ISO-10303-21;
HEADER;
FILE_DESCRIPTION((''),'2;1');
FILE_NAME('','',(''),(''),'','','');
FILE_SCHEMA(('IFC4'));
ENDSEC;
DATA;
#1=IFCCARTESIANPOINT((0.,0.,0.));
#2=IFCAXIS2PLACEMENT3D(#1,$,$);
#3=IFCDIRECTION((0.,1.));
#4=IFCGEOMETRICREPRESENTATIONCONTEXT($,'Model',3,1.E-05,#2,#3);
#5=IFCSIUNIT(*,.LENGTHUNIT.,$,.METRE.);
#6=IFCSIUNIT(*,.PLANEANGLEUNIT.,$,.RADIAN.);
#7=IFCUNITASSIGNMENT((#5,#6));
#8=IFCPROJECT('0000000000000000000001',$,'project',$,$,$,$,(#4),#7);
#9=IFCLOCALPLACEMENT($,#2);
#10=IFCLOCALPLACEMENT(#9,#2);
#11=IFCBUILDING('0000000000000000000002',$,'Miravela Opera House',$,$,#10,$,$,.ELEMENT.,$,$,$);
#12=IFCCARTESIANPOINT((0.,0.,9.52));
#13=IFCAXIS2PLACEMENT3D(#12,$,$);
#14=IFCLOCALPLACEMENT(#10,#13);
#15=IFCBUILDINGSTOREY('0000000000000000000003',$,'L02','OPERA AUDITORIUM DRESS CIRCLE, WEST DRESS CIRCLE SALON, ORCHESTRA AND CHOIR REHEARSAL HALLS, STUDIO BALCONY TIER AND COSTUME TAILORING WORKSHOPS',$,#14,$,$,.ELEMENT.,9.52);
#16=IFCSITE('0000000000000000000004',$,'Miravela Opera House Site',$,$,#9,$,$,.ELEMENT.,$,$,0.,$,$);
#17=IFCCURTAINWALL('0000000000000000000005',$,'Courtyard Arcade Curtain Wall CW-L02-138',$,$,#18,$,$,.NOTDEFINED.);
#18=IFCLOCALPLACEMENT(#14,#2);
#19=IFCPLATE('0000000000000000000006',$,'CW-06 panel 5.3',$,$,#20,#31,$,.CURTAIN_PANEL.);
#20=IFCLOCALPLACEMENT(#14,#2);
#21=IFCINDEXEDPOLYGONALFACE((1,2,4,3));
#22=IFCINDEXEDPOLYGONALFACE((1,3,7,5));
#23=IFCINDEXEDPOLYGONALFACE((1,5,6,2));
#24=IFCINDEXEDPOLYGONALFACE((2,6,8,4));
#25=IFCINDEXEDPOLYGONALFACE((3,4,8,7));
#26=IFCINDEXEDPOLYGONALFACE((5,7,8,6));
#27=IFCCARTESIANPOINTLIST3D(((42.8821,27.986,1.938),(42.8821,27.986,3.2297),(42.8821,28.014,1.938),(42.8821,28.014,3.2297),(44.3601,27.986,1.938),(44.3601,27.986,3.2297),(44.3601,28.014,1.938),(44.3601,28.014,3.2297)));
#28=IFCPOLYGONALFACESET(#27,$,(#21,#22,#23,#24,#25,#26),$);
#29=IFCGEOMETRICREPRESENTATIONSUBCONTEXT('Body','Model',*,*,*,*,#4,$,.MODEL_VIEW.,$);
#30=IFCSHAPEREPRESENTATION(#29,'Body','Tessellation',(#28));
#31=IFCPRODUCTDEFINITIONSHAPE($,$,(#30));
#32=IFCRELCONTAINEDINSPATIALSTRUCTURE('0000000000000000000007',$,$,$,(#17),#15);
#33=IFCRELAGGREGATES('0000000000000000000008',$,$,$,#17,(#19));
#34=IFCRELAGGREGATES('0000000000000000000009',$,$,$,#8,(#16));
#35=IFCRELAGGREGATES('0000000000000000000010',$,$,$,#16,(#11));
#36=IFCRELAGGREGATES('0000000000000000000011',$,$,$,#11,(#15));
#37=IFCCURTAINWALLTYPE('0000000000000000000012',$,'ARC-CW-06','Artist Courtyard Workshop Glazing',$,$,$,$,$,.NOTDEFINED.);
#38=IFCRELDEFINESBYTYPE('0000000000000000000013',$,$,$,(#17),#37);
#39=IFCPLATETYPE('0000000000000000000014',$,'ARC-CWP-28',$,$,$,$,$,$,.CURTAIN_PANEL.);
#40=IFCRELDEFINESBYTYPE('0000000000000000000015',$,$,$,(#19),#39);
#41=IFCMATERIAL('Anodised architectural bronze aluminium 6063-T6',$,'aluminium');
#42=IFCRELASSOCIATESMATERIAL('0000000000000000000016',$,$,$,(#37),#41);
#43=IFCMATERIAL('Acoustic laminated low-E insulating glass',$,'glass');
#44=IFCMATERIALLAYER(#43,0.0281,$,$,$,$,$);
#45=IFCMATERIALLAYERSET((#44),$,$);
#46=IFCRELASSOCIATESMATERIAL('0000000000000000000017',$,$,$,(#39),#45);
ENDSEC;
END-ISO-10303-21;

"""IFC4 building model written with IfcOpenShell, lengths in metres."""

from ifc_helpers import new_model, si_unit, direction, frame, origin, origin_2d, place, context, subcontext, project, spatial, rectangle, extrude, material, layer, layer_set, type_object, element, aggregate, save


model = new_model("IFC4")

# Units and contexts
model_context = context("Model", 3, precision=1e-05, world=origin(), true_north=direction((0.0, 1.0)))
body_context = subcontext(model_context, "Body", "Model", "MODEL_VIEW")
ifc_project = project(units=[si_unit("LENGTHUNIT", "METRE"), si_unit("PLANEANGLEUNIT", "RADIAN")], contexts=[model_context])

# Site, building, storey
site_placement = place(None, origin())
site = spatial("IfcSite", under=ifc_project, at=site_placement, Name="Miravela Opera House Site", CompositionType="ELEMENT", RefElevation=0.0)
building_placement = place(site_placement, origin())
building = spatial("IfcBuilding", under=site, at=building_placement, Name="Miravela Opera House", CompositionType="ELEMENT")
storey_placement = place(building_placement, frame((0.0, 0.0, 9.52)))
storey = spatial("IfcBuildingStorey", under=building, at=storey_placement, Name="L02", Description="OPERA AUDITORIUM DRESS CIRCLE, WEST DRESS CIRCLE SALON, ORCHESTRA AND CHOIR REHEARSAL HALLS, STUDIO BALCONY TIER AND COSTUME TAILORING WORKSHOPS", CompositionType="ELEMENT", Elevation=9.52)

# Curtain wall
ifc_material_1 = material(Name="Anodised architectural bronze aluminium 6063-T6", Category="aluminium")
curtain_wall_type = type_object("IfcCurtainWallType", Name="ARC-CW-06", Description="Artist Courtyard Workshop Glazing", PredefinedType="NOTDEFINED", material=ifc_material_1)
curtain_wall_placement = place(storey_placement, origin())
curtain_wall = element("IfcCurtainWall", 1, at=curtain_wall_placement, inside=storey, type_object=curtain_wall_type, Name="Courtyard Arcade Curtain Wall CW-L02-138", PredefinedType="NOTDEFINED")

# Plate
ifc_material_2 = material(Name="Acoustic laminated low-E insulating glass", Category="glass")
ifc_layer = layer(ifc_material_2, 0.0281)
ifc_layer_set = layer_set([ifc_layer])
plate_type = type_object("IfcPlateType", Name="ARC-CWP-28", PredefinedType="CURTAIN_PANEL", material=ifc_layer_set)
plate_1_placement = place(storey_placement, frame((43.6211, 28.0, 1.938), z_axis=(0.0, 0.0, 1.0), x_axis=(1.0, 0.0, 0.0)))
plate_1 = element("IfcPlate", 2, at=plate_1_placement, type_object=plate_type, Name="CW-06 panel 5.3", PredefinedType="CURTAIN_PANEL", context=body_context, shape_type="SweptSolid", body=[
    extrude(rectangle(XDim=1.478, YDim=0.0281, at=origin_2d()), origin(), (0.0, 0.0, 1.0), 1.2917),
])
aggregate(curtain_wall, [plate_1])

save(model, "model.ifc")
